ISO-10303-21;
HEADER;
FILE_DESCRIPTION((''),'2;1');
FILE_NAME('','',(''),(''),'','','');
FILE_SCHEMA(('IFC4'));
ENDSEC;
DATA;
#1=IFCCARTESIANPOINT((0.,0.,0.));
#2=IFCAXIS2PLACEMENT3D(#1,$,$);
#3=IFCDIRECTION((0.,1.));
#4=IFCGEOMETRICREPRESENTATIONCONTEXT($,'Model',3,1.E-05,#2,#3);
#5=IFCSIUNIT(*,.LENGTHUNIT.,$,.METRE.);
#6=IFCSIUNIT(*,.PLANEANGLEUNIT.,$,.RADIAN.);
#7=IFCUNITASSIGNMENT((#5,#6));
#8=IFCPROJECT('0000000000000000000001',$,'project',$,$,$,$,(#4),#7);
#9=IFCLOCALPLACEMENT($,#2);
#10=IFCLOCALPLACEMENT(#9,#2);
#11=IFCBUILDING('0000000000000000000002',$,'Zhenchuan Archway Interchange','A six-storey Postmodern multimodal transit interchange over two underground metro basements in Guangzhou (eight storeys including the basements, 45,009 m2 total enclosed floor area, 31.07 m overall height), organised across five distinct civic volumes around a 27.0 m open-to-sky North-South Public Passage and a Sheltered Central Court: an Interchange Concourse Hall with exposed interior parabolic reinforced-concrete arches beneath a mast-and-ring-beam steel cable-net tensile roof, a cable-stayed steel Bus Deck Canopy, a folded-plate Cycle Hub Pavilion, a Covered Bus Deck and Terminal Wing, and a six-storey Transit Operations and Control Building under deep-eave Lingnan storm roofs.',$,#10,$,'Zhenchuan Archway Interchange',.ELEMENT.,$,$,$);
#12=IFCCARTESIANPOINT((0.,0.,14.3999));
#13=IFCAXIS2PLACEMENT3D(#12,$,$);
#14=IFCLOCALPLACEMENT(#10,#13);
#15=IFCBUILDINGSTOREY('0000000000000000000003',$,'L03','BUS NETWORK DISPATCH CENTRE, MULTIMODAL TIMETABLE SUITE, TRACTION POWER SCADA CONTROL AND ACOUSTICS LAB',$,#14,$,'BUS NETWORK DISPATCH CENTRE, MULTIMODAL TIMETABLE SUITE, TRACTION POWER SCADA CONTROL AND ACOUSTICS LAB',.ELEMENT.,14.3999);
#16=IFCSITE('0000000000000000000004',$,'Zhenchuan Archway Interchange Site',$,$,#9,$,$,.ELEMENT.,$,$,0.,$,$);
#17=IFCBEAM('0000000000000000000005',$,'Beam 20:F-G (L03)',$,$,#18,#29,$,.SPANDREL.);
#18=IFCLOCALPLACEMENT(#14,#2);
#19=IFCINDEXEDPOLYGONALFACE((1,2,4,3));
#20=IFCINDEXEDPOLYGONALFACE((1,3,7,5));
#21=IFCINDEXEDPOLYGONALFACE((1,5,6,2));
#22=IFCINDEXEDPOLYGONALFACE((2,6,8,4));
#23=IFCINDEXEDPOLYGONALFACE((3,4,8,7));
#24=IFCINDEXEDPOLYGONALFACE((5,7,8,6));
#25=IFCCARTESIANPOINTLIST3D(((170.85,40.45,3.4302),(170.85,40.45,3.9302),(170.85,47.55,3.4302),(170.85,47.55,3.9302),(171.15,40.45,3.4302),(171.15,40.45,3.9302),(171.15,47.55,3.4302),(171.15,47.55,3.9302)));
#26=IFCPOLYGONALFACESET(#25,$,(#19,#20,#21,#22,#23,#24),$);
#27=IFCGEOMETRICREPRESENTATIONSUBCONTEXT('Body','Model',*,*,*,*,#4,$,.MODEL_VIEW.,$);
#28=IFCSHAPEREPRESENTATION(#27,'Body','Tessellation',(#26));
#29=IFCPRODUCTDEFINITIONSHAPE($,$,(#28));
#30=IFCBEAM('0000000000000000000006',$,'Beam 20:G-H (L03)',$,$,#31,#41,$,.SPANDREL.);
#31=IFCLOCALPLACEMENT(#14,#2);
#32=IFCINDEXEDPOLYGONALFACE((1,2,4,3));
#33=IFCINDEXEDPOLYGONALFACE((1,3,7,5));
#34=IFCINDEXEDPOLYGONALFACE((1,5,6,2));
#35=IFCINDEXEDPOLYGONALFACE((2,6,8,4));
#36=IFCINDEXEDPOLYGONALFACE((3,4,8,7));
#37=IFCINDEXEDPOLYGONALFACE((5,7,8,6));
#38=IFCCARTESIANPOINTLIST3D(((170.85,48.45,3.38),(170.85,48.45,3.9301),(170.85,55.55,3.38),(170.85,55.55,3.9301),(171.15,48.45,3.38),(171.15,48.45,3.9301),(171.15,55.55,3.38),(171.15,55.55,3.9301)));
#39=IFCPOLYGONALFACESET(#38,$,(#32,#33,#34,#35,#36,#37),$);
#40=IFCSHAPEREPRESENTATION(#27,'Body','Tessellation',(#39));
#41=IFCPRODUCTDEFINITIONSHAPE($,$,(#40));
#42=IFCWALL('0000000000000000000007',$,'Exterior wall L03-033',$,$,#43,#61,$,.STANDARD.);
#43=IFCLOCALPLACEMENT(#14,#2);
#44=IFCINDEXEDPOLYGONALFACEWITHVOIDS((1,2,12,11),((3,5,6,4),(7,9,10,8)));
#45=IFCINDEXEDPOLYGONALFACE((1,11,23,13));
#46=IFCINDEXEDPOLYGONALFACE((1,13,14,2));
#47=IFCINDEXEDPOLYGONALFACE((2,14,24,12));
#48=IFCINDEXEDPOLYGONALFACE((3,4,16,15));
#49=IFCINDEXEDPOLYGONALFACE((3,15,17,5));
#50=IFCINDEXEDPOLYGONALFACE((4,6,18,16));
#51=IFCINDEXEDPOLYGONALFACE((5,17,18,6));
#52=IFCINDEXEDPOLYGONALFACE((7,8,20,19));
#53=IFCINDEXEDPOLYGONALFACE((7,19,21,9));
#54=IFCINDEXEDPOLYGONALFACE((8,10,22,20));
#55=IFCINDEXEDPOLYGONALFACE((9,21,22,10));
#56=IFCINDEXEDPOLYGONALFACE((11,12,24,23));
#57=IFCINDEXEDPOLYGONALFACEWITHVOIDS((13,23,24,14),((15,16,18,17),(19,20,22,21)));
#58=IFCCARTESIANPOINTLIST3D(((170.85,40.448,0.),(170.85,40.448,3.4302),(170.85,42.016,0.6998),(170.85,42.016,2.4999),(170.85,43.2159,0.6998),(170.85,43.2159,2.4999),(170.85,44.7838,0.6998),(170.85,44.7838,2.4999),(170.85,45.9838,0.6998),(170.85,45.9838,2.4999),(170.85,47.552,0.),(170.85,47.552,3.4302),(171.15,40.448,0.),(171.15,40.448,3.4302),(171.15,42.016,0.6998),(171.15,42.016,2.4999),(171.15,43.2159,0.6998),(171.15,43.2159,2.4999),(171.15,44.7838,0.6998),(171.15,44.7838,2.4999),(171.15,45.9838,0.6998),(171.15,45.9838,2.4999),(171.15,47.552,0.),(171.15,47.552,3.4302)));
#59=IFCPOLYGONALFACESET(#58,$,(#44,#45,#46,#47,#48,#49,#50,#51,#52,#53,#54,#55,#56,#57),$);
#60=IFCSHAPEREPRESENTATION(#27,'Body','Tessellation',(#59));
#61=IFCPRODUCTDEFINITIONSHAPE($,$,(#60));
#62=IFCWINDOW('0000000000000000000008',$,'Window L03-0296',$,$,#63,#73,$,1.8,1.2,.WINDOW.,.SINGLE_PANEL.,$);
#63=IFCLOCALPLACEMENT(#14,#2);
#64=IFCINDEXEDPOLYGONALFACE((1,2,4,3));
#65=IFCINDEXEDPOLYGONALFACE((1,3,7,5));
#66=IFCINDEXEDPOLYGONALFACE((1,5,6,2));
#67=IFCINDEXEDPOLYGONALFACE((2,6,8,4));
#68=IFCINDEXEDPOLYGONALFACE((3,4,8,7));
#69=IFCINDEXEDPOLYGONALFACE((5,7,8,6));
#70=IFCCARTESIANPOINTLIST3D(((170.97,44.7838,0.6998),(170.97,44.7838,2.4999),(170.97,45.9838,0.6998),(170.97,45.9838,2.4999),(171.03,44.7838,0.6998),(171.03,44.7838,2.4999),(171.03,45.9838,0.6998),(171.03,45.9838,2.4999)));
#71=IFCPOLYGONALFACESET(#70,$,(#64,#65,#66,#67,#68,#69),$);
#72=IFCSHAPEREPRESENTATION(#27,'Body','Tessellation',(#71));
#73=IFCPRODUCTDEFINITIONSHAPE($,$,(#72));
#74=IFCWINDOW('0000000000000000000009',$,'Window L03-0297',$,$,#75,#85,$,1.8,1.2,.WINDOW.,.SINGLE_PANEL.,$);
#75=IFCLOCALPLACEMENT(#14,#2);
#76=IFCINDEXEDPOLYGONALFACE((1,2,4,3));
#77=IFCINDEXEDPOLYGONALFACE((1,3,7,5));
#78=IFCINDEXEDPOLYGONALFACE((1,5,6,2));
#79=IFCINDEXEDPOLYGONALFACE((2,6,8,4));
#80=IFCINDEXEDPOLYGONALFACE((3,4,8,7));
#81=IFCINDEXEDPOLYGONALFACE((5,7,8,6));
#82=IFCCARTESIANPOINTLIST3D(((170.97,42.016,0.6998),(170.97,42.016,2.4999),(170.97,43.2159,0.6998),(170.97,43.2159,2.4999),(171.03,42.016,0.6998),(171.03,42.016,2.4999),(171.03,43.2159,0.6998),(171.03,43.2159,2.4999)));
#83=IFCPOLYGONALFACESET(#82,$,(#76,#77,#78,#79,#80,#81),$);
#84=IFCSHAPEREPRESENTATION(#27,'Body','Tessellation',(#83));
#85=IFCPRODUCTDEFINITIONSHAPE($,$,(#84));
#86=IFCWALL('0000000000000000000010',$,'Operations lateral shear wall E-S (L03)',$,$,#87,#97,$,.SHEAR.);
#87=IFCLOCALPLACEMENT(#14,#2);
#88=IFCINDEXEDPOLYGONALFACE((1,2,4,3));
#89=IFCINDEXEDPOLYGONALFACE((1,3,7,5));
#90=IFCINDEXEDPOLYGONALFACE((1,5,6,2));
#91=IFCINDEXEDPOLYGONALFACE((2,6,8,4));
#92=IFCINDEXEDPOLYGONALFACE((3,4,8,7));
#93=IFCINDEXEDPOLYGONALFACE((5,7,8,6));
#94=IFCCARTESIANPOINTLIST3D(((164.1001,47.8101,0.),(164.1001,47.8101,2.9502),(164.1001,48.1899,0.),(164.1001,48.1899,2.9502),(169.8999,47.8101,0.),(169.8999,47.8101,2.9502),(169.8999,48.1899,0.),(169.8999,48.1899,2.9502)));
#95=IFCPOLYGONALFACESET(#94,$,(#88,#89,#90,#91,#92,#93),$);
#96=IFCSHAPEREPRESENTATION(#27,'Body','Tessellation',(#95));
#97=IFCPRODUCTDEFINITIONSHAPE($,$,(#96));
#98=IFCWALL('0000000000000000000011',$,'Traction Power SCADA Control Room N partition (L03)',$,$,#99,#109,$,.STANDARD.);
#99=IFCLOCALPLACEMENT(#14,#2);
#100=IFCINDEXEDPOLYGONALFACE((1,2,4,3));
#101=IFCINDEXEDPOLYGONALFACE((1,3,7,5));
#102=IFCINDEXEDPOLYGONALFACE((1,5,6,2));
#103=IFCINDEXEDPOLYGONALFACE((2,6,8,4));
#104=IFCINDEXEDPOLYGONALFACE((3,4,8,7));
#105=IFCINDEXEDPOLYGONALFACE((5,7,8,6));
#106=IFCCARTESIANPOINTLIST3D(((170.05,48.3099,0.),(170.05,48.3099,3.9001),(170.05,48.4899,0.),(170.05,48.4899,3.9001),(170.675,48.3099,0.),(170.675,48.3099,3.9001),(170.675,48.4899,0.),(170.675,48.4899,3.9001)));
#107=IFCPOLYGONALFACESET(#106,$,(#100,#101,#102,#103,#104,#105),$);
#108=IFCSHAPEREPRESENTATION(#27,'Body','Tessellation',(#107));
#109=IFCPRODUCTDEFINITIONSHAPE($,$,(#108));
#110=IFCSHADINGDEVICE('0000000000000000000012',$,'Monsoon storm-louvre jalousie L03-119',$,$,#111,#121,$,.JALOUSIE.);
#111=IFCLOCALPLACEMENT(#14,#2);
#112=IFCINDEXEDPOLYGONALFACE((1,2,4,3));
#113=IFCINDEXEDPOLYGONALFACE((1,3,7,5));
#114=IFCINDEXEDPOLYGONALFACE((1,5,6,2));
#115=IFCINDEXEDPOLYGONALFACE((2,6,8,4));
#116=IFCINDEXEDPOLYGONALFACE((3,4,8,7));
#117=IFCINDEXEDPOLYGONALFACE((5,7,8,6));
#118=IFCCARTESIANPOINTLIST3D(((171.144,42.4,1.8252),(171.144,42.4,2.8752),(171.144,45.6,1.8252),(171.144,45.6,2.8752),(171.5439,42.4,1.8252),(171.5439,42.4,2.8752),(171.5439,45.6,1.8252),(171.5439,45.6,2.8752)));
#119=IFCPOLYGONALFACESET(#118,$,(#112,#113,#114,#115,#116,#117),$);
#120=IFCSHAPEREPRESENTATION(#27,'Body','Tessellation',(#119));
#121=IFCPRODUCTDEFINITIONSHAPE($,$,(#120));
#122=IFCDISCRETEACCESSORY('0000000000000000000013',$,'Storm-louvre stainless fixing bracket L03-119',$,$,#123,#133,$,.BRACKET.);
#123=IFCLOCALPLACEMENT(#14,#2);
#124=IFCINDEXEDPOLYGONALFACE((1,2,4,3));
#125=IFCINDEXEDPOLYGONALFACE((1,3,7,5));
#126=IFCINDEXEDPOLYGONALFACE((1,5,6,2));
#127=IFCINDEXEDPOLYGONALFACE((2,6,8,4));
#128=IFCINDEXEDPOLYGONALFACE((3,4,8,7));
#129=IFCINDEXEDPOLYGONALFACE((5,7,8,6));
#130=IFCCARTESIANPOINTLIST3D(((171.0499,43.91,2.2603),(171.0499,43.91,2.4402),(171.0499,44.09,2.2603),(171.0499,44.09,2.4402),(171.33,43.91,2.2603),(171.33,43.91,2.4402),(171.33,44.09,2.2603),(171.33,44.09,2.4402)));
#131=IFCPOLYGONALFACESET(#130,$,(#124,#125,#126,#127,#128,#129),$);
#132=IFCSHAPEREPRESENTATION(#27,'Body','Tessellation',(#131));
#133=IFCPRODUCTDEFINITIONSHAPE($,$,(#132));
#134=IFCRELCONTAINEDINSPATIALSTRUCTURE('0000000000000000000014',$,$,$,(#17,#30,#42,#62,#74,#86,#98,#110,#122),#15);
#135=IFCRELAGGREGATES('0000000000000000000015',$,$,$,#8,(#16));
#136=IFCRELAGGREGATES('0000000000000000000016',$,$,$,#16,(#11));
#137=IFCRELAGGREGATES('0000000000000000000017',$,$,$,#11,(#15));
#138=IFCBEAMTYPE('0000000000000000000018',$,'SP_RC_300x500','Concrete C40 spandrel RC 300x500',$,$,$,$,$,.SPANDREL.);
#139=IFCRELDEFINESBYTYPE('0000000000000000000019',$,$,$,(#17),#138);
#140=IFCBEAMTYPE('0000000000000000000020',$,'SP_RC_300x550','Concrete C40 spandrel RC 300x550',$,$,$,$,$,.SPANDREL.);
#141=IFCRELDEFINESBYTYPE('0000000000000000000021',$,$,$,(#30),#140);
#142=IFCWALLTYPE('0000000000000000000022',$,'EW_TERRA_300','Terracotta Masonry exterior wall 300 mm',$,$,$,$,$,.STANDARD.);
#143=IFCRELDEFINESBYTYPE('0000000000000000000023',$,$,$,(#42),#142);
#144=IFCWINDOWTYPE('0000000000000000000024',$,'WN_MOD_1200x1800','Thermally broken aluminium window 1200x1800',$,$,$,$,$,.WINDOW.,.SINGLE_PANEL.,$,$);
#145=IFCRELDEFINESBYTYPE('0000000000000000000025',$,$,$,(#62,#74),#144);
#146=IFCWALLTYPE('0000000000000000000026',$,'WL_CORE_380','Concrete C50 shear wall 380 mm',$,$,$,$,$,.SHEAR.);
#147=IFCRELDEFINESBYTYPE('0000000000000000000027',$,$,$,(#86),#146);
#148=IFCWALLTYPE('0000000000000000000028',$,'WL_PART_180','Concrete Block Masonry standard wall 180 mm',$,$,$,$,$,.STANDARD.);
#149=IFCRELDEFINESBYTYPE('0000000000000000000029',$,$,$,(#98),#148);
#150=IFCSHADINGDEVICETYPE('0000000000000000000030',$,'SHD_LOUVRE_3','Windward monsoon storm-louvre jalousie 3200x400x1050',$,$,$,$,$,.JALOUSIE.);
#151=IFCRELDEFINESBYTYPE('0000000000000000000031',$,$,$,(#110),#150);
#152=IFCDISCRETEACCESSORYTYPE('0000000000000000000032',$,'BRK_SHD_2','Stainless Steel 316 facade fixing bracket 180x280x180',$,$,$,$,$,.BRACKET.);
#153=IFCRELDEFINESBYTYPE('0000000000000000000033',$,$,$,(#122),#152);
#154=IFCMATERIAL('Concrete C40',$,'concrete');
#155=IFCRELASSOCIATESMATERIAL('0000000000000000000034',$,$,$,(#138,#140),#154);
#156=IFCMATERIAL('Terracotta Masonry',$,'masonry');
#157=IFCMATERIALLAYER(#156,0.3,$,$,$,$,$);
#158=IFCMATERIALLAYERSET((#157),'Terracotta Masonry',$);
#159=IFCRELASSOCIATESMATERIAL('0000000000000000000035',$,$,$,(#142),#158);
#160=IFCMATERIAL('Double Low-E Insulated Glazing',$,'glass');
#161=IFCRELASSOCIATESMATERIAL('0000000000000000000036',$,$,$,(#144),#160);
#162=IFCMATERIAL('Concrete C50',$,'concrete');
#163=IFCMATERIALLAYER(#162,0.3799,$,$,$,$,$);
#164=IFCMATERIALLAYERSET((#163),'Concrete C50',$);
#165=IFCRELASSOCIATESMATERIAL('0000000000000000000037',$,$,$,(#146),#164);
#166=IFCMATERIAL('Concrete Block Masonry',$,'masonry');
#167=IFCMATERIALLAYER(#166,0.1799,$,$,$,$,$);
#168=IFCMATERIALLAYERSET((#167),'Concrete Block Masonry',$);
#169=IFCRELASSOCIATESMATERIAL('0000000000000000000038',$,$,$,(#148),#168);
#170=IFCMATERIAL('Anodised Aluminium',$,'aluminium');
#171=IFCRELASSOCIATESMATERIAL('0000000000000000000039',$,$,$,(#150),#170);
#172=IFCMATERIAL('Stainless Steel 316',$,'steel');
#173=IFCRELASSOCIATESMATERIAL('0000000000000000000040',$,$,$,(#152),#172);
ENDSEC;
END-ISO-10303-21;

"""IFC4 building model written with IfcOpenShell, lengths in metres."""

from ifc_helpers import new_model, si_unit, direction, frame, frame_2d, origin, origin_2d, place, context, subcontext, project, spatial, rectangle, extrude, material, layer, layer_set, material_profile, profile_set, type_object, element, fill, save


model = new_model("IFC4")

# Units and contexts
model_context = context("Model", 3, precision=1e-05, world=origin(), true_north=direction((0.0, 1.0)))
body_context = subcontext(model_context, "Body", "Model", "MODEL_VIEW")
ifc_project = project(units=[si_unit("LENGTHUNIT", "METRE"), si_unit("PLANEANGLEUNIT", "RADIAN")], contexts=[model_context])

# Site, building, storey
site_placement = place(None, origin())
site = spatial("IfcSite", under=ifc_project, at=site_placement, Name="Zhenchuan Archway Interchange Site", CompositionType="ELEMENT", RefElevation=0.0)
building_placement = place(site_placement, origin())
building = spatial("IfcBuilding", under=site, at=building_placement, Name="Zhenchuan Archway Interchange", Description="A six-storey Postmodern multimodal transit interchange over two underground metro basements in Guangzhou (eight storeys including the basements, 45,009 m2 total enclosed floor area, 31.07 m overall height), organised across five distinct civic volumes around a 27.0 m open-to-sky North-South Public Passage and a Sheltered Central Court: an Interchange Concourse Hall with exposed interior parabolic reinforced-concrete arches beneath a mast-and-ring-beam steel cable-net tensile roof, a cable-stayed steel Bus Deck Canopy, a folded-plate Cycle Hub Pavilion, a Covered Bus Deck and Terminal Wing, and a six-storey Transit Operations and Control Building under deep-eave Lingnan storm roofs.", LongName="Zhenchuan Archway Interchange", CompositionType="ELEMENT")
storey_placement = place(building_placement, frame((0.0, 0.0, 14.3999)))
storey = spatial("IfcBuildingStorey", under=building, at=storey_placement, Name="L03", Description="BUS NETWORK DISPATCH CENTRE, MULTIMODAL TIMETABLE SUITE, TRACTION POWER SCADA CONTROL AND ACOUSTICS LAB", LongName="BUS NETWORK DISPATCH CENTRE, MULTIMODAL TIMETABLE SUITE, TRACTION POWER SCADA CONTROL AND ACOUSTICS LAB", CompositionType="ELEMENT", Elevation=14.3999)

# Shared definitions
ifc_material_1 = material(Name="Concrete C40", Category="concrete")

# Beams
ifc_material_profile_1 = material_profile(ifc_material_1, rectangle(XDim=0.3, YDim=0.5, at=origin_2d()), Name="RC 300x500")
ifc_profile_set_1 = profile_set([ifc_material_profile_1], Name="Concrete C40")
beam_type_1 = type_object("IfcBeamType", Name="SP_RC_300x500", Description="Concrete C40 spandrel RC 300x500", PredefinedType="SPANDREL", material=ifc_profile_set_1)
beam_1_placement = place(storey_placement, frame((171.0, 40.45, 3.6802), z_axis=(0.0, 1.0, 0.0), x_axis=(-1.0, 0.0, 0.0)))
element("IfcBeam", 1, at=beam_1_placement, inside=storey, type_object=beam_type_1, Name="Beam 20:F-G (L03)", PredefinedType="SPANDREL", context=body_context, shape_type="SweptSolid", body=[
    extrude(rectangle(XDim=0.3, YDim=0.5, at=origin_2d()), origin(), (0.0, 0.0, 1.0), 7.1001),
])
ifc_material_profile_2 = material_profile(ifc_material_1, rectangle(XDim=0.3, YDim=0.55, at=origin_2d()), Name="RC 300x550")
ifc_profile_set_2 = profile_set([ifc_material_profile_2], Name="Concrete C40")
beam_type_2 = type_object("IfcBeamType", Name="SP_RC_300x550", Description="Concrete C40 spandrel RC 300x550", PredefinedType="SPANDREL", material=ifc_profile_set_2)
beam_2_placement = place(storey_placement, frame((171.0, 48.45, 3.655), z_axis=(0.0, 1.0, 0.0), x_axis=(-1.0, 0.0, 0.0)))
element("IfcBeam", 2, at=beam_2_placement, inside=storey, type_object=beam_type_2, Name="Beam 20:G-H (L03)", PredefinedType="SPANDREL", context=body_context, shape_type="SweptSolid", body=[
    extrude(rectangle(XDim=0.3, YDim=0.55, at=origin_2d()), origin(), (0.0, 0.0, 1.0), 7.1001),
])

# Wall, openings, windows
ifc_material_2 = material(Name="Terracotta Masonry", Category="masonry")
ifc_layer_1 = layer(ifc_material_2, 0.3)
ifc_layer_set_1 = layer_set([ifc_layer_1], Name="Terracotta Masonry")
wall_type_1 = type_object("IfcWallType", Name="EW_TERRA_300", Description="Terracotta Masonry exterior wall 300 mm", PredefinedType="STANDARD", material=ifc_layer_set_1)
wall_1_placement = place(storey_placement, frame((171.0, 47.552, 0.0), z_axis=(0.0, 0.0, 1.0), x_axis=(0.0, -1.0, 0.0)))
wall_1 = element("IfcWall", 3, at=wall_1_placement, inside=storey, type_object=wall_type_1, Name="Exterior wall L03-033", PredefinedType="STANDARD", context=body_context, shape_type="SweptSolid", body=[
    extrude(rectangle(XDim=7.104, YDim=0.3, at=frame_2d((3.552, 0.0))), origin(), (0.0, 0.0, 1.0), 3.4302),
])
opening_1_placement = place(wall_1_placement, frame((1.5681, 0.0, 0.7)))
opening_1 = element("IfcOpeningElement", 4, at=opening_1_placement, cuts=wall_1, PredefinedType="OPENING", context=body_context, shape_type="SweptSolid", body=[
    extrude(rectangle(XDim=1.2, YDim=1.8, at=frame_2d((0.6001, 0.8999))), frame((0.0, 0.1621, 0.0), z_axis=(0.0, -1.0, 0.0), x_axis=(1.0, 0.0, 0.0)), (0.0, 0.0, 1.0), 0.324),
])
opening_2_placement = place(wall_1_placement, frame((4.3359, 0.0, 0.7)))
opening_2 = element("IfcOpeningElement", 5, at=opening_2_placement, cuts=wall_1, PredefinedType="OPENING", context=body_context, shape_type="SweptSolid", body=[
    extrude(rectangle(XDim=1.2, YDim=1.8, at=frame_2d((0.6001, 0.8999))), frame((0.0, 0.1621, 0.0), z_axis=(0.0, -1.0, 0.0), x_axis=(1.0, 0.0, 0.0)), (0.0, 0.0, 1.0), 0.324),
])
ifc_material_3 = material(Name="Double Low-E Insulated Glazing", Category="glass")
window_type = type_object("IfcWindowType", Name="WN_MOD_1200x1800", Description="Thermally broken aluminium window 1200x1800", PartitioningType="SINGLE_PANEL", PredefinedType="WINDOW", material=ifc_material_3)
window_1_placement = place(opening_1_placement, origin())
window_1 = element("IfcWindow", 6, at=window_1_placement, inside=storey, type_object=window_type, Name="Window L03-0296", OverallHeight=1.8, OverallWidth=1.2, PartitioningType="SINGLE_PANEL", PredefinedType="WINDOW", context=body_context, shape_type="SweptSolid", body=[
    extrude(rectangle(XDim=1.2, YDim=1.8, at=frame_2d((0.6001, 0.8999))), frame((0.0, 0.03, 0.0), z_axis=(0.0, -1.0, 0.0), x_axis=(1.0, 0.0, 0.0)), (0.0, 0.0, 1.0), 0.0601),
])
fill(opening_1, window_1)
window_2_placement = place(opening_2_placement, origin())
window_2 = element("IfcWindow", 7, at=window_2_placement, inside=storey, type_object=window_type, Name="Window L03-0297", OverallHeight=1.8, OverallWidth=1.2, PartitioningType="SINGLE_PANEL", PredefinedType="WINDOW", context=body_context, shape_type="SweptSolid", body=[
    extrude(rectangle(XDim=1.2, YDim=1.8, at=frame_2d((0.6001, 0.8999))), frame((0.0, 0.03, 0.0), z_axis=(0.0, -1.0, 0.0), x_axis=(1.0, 0.0, 0.0)), (0.0, 0.0, 1.0), 0.0601),
])
fill(opening_2, window_2)

# Walls
ifc_material_4 = material(Name="Concrete C50", Category="concrete")
ifc_layer_2 = layer(ifc_material_4, 0.3799)
ifc_layer_set_2 = layer_set([ifc_layer_2], Name="Concrete C50")
wall_type_2 = type_object("IfcWallType", Name="WL_CORE_380", Description="Concrete C50 shear wall 380 mm", PredefinedType="SHEAR", material=ifc_layer_set_2)
wall_2_placement = place(storey_placement, frame((164.1001, 48.0, 0.0), z_axis=(0.0, 0.0, 1.0), x_axis=(1.0, 0.0, 0.0)))
element("IfcWall", 8, at=wall_2_placement, inside=storey, type_object=wall_type_2, Name="Operations lateral shear wall E-S (L03)", PredefinedType="SHEAR", context=body_context, shape_type="SweptSolid", body=[
    extrude(rectangle(XDim=5.7998, YDim=0.3799, at=frame_2d((2.8999, 0.0))), origin(), (0.0, 0.0, 1.0), 2.9502),
])
ifc_material_5 = material(Name="Concrete Block Masonry", Category="masonry")
ifc_layer_3 = layer(ifc_material_5, 0.1799)
ifc_layer_set_3 = layer_set([ifc_layer_3], Name="Concrete Block Masonry")
wall_type_3 = type_object("IfcWallType", Name="WL_PART_180", Description="Concrete Block Masonry standard wall 180 mm", PredefinedType="STANDARD", material=ifc_layer_set_3)
wall_3_placement = place(storey_placement, frame((170.05, 48.3999, 0.0), z_axis=(0.0, 0.0, 1.0), x_axis=(1.0, 0.0, 0.0)))
element("IfcWall", 9, at=wall_3_placement, inside=storey, type_object=wall_type_3, Name="Traction Power SCADA Control Room N partition (L03)", PredefinedType="STANDARD", context=body_context, shape_type="SweptSolid", body=[
    extrude(rectangle(XDim=0.625, YDim=0.1799, at=frame_2d((0.3125, 0.0))), origin(), (0.0, 0.0, 1.0), 3.9001),
])

# Shading device
ifc_material_6 = material(Name="Anodised Aluminium", Category="aluminium")
shading_device_type = type_object("IfcShadingDeviceType", Name="SHD_LOUVRE_3", Description="Windward monsoon storm-louvre jalousie 3200x400x1050", PredefinedType="JALOUSIE", material=ifc_material_6)
shading_device_placement = place(storey_placement, frame((171.344, 44.0, 1.8252), z_axis=(0.0, 0.0, 1.0), x_axis=(0.0, -1.0, 0.0)))
element("IfcShadingDevice", 10, at=shading_device_placement, inside=storey, type_object=shading_device_type, Name="Monsoon storm-louvre jalousie L03-119", PredefinedType="JALOUSIE", context=body_context, shape_type="SweptSolid", body=[
    extrude(rectangle(XDim=3.2, YDim=0.3999, at=origin_2d()), origin(), (0.0, 0.0, 1.0), 1.05),
])

# Discrete accessory
ifc_material_7 = material(Name="Stainless Steel 316", Category="steel")
discrete_accessory_type = type_object("IfcDiscreteAccessoryType", Name="BRK_SHD_2", Description="Stainless Steel 316 facade fixing bracket 180x280x180", PredefinedType="BRACKET", material=ifc_material_7)
discrete_accessory_placement = place(storey_placement, frame((171.1899, 44.0, 2.2603), z_axis=(0.0, 0.0, 1.0), x_axis=(0.0, -1.0, 0.0)))
element("IfcDiscreteAccessory", 11, at=discrete_accessory_placement, inside=storey, type_object=discrete_accessory_type, Name="Storm-louvre stainless fixing bracket L03-119", PredefinedType="BRACKET", context=body_context, shape_type="SweptSolid", body=[
    extrude(rectangle(XDim=0.1799, YDim=0.28, at=origin_2d()), origin(), (0.0, 0.0, 1.0), 0.1799),
])

save(model, "model.ifc")
